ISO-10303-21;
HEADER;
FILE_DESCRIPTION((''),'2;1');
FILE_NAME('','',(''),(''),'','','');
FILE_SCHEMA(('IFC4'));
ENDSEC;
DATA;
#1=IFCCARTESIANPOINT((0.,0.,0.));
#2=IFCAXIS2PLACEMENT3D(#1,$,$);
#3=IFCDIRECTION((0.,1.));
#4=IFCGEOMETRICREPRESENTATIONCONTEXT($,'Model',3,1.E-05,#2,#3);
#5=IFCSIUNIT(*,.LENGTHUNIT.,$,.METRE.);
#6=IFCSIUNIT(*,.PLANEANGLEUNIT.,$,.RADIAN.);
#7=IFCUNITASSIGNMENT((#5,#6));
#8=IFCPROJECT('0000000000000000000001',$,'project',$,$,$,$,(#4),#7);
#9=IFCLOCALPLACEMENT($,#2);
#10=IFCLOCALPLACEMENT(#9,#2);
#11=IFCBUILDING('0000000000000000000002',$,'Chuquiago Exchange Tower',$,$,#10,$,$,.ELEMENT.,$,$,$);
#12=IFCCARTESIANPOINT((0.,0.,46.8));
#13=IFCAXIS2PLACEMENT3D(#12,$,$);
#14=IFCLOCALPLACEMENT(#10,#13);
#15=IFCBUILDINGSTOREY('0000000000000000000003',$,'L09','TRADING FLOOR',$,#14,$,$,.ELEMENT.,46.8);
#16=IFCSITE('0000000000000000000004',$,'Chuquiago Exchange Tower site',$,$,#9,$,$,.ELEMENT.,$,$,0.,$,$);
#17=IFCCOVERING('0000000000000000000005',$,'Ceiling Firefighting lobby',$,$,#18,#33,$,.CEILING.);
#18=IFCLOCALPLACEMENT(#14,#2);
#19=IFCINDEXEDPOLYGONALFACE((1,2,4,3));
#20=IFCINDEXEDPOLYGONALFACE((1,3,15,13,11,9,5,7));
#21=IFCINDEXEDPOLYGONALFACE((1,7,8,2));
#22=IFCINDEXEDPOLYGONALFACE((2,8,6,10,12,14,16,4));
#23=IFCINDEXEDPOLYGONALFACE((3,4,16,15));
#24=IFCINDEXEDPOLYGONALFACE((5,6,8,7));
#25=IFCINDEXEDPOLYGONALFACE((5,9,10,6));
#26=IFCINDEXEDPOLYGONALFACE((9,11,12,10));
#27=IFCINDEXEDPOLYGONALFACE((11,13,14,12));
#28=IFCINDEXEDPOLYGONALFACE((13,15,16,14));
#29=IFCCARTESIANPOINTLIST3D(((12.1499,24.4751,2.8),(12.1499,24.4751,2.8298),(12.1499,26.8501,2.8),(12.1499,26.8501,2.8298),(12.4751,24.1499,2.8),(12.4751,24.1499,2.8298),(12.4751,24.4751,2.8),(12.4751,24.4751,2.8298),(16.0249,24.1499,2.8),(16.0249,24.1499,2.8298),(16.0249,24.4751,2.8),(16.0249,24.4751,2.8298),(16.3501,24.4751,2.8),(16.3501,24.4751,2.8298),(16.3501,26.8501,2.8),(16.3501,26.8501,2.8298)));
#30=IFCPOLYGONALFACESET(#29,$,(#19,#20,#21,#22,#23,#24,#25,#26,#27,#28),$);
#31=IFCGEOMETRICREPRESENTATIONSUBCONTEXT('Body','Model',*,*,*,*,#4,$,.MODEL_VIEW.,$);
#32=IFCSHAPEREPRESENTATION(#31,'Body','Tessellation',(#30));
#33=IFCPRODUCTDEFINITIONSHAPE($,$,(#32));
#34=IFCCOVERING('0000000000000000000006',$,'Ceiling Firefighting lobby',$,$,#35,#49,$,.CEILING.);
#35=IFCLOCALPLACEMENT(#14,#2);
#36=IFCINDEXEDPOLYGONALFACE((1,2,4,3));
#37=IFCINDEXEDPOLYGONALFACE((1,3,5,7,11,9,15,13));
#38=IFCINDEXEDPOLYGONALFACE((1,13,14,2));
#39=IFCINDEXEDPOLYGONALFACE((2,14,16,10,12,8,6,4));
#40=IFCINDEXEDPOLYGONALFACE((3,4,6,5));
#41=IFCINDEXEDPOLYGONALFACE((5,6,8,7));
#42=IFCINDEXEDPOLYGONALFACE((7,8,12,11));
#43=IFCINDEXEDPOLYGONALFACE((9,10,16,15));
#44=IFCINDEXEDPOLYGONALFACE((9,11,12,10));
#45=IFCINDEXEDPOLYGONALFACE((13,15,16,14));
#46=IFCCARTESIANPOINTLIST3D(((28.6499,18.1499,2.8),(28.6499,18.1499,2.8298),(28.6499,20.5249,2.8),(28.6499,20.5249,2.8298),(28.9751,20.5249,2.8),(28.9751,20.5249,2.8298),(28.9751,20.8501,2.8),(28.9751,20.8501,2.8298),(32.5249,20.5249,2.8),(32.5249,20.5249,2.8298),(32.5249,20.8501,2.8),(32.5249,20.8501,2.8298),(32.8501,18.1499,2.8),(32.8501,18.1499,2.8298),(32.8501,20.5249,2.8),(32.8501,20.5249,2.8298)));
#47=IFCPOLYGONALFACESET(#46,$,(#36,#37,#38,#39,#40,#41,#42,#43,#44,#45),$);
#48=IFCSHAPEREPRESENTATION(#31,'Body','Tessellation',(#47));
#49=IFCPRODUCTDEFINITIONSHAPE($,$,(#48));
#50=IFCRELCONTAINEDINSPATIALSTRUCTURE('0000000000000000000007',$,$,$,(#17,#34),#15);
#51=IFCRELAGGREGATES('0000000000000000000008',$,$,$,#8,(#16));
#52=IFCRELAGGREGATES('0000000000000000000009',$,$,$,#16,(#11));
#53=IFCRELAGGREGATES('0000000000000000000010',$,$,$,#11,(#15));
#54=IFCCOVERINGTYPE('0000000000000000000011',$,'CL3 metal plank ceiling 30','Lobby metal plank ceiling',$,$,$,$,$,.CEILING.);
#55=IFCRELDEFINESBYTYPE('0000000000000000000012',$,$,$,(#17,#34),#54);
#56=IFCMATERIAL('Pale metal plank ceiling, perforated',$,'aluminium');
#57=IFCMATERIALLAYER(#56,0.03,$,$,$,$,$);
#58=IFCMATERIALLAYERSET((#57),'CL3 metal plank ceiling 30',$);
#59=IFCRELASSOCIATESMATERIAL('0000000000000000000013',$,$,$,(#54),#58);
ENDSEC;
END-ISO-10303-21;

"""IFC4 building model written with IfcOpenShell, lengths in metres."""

from ifc_helpers import new_model, si_unit, direction, frame, origin, place, context, subcontext, project, spatial, polyline, outline, extrude, material, layer, layer_set, type_object, element, save


model = new_model("IFC4")

# Units and contexts
model_context = context("Model", 3, precision=1e-05, world=origin(), true_north=direction((0.0, 1.0)))
body_context = subcontext(model_context, "Body", "Model", "MODEL_VIEW")
ifc_project = project(units=[si_unit("LENGTHUNIT", "METRE"), si_unit("PLANEANGLEUNIT", "RADIAN")], contexts=[model_context])

# Site, building, storey
site_placement = place(None, origin())
site = spatial("IfcSite", under=ifc_project, at=site_placement, Name="Chuquiago Exchange Tower site", CompositionType="ELEMENT", RefElevation=0.0)
building_placement = place(site_placement, origin())
building = spatial("IfcBuilding", under=site, at=building_placement, Name="Chuquiago Exchange Tower", CompositionType="ELEMENT")
storey_placement = place(building_placement, frame((0.0, 0.0, 46.8)))
storey = spatial("IfcBuildingStorey", under=building, at=storey_placement, Name="L09", Description="TRADING FLOOR", CompositionType="ELEMENT", Elevation=46.8)

# Coverings
ifc_material_1 = material(Name="Pale metal plank ceiling, perforated", Category="aluminium")
ifc_layer_1 = layer(ifc_material_1, 0.03)
ifc_layer_set_1 = layer_set([ifc_layer_1], Name="CL3 metal plank ceiling 30")
covering_type_1 = type_object("IfcCoveringType", Name="CL3 metal plank ceiling 30", Description="Lobby metal plank ceiling", PredefinedType="CEILING", material=ifc_layer_set_1)
covering_1_placement = place(storey_placement, frame((0.0, 0.0, 2.8)))
element("IfcCovering", 1, at=covering_1_placement, inside=storey, type_object=covering_type_1, Name="Ceiling Firefighting lobby", PredefinedType="CEILING", context=body_context, shape_type="SweptSolid", body=[
    extrude(outline(polyline([(12.4751, 24.1499), (12.4751, 24.4751), (12.1499, 24.4751), (12.1499, 26.8501), (16.3501, 26.8501), (16.3501, 24.4751), (16.0249, 24.4751), (16.0249, 24.1499), (12.4751, 24.1499)])), origin(), (0.0, 0.0, 1.0), 0.0298),
])
covering_2_placement = place(storey_placement, frame((0.0, 0.0, 2.8)))
element("IfcCovering", 2, at=covering_2_placement, inside=storey, type_object=covering_type_1, Name="Ceiling Firefighting lobby", PredefinedType="CEILING", context=body_context, shape_type="SweptSolid", body=[
    extrude(outline(polyline([(28.6499, 18.1499), (28.6499, 20.5249), (28.9751, 20.5249), (28.9751, 20.8501), (32.5249, 20.8501), (32.5249, 20.5249), (32.8501, 20.5249), (32.8501, 18.1499), (28.6499, 18.1499)])), origin(), (0.0, 0.0, 1.0), 0.0298),
])

save(model, "model.ifc")
